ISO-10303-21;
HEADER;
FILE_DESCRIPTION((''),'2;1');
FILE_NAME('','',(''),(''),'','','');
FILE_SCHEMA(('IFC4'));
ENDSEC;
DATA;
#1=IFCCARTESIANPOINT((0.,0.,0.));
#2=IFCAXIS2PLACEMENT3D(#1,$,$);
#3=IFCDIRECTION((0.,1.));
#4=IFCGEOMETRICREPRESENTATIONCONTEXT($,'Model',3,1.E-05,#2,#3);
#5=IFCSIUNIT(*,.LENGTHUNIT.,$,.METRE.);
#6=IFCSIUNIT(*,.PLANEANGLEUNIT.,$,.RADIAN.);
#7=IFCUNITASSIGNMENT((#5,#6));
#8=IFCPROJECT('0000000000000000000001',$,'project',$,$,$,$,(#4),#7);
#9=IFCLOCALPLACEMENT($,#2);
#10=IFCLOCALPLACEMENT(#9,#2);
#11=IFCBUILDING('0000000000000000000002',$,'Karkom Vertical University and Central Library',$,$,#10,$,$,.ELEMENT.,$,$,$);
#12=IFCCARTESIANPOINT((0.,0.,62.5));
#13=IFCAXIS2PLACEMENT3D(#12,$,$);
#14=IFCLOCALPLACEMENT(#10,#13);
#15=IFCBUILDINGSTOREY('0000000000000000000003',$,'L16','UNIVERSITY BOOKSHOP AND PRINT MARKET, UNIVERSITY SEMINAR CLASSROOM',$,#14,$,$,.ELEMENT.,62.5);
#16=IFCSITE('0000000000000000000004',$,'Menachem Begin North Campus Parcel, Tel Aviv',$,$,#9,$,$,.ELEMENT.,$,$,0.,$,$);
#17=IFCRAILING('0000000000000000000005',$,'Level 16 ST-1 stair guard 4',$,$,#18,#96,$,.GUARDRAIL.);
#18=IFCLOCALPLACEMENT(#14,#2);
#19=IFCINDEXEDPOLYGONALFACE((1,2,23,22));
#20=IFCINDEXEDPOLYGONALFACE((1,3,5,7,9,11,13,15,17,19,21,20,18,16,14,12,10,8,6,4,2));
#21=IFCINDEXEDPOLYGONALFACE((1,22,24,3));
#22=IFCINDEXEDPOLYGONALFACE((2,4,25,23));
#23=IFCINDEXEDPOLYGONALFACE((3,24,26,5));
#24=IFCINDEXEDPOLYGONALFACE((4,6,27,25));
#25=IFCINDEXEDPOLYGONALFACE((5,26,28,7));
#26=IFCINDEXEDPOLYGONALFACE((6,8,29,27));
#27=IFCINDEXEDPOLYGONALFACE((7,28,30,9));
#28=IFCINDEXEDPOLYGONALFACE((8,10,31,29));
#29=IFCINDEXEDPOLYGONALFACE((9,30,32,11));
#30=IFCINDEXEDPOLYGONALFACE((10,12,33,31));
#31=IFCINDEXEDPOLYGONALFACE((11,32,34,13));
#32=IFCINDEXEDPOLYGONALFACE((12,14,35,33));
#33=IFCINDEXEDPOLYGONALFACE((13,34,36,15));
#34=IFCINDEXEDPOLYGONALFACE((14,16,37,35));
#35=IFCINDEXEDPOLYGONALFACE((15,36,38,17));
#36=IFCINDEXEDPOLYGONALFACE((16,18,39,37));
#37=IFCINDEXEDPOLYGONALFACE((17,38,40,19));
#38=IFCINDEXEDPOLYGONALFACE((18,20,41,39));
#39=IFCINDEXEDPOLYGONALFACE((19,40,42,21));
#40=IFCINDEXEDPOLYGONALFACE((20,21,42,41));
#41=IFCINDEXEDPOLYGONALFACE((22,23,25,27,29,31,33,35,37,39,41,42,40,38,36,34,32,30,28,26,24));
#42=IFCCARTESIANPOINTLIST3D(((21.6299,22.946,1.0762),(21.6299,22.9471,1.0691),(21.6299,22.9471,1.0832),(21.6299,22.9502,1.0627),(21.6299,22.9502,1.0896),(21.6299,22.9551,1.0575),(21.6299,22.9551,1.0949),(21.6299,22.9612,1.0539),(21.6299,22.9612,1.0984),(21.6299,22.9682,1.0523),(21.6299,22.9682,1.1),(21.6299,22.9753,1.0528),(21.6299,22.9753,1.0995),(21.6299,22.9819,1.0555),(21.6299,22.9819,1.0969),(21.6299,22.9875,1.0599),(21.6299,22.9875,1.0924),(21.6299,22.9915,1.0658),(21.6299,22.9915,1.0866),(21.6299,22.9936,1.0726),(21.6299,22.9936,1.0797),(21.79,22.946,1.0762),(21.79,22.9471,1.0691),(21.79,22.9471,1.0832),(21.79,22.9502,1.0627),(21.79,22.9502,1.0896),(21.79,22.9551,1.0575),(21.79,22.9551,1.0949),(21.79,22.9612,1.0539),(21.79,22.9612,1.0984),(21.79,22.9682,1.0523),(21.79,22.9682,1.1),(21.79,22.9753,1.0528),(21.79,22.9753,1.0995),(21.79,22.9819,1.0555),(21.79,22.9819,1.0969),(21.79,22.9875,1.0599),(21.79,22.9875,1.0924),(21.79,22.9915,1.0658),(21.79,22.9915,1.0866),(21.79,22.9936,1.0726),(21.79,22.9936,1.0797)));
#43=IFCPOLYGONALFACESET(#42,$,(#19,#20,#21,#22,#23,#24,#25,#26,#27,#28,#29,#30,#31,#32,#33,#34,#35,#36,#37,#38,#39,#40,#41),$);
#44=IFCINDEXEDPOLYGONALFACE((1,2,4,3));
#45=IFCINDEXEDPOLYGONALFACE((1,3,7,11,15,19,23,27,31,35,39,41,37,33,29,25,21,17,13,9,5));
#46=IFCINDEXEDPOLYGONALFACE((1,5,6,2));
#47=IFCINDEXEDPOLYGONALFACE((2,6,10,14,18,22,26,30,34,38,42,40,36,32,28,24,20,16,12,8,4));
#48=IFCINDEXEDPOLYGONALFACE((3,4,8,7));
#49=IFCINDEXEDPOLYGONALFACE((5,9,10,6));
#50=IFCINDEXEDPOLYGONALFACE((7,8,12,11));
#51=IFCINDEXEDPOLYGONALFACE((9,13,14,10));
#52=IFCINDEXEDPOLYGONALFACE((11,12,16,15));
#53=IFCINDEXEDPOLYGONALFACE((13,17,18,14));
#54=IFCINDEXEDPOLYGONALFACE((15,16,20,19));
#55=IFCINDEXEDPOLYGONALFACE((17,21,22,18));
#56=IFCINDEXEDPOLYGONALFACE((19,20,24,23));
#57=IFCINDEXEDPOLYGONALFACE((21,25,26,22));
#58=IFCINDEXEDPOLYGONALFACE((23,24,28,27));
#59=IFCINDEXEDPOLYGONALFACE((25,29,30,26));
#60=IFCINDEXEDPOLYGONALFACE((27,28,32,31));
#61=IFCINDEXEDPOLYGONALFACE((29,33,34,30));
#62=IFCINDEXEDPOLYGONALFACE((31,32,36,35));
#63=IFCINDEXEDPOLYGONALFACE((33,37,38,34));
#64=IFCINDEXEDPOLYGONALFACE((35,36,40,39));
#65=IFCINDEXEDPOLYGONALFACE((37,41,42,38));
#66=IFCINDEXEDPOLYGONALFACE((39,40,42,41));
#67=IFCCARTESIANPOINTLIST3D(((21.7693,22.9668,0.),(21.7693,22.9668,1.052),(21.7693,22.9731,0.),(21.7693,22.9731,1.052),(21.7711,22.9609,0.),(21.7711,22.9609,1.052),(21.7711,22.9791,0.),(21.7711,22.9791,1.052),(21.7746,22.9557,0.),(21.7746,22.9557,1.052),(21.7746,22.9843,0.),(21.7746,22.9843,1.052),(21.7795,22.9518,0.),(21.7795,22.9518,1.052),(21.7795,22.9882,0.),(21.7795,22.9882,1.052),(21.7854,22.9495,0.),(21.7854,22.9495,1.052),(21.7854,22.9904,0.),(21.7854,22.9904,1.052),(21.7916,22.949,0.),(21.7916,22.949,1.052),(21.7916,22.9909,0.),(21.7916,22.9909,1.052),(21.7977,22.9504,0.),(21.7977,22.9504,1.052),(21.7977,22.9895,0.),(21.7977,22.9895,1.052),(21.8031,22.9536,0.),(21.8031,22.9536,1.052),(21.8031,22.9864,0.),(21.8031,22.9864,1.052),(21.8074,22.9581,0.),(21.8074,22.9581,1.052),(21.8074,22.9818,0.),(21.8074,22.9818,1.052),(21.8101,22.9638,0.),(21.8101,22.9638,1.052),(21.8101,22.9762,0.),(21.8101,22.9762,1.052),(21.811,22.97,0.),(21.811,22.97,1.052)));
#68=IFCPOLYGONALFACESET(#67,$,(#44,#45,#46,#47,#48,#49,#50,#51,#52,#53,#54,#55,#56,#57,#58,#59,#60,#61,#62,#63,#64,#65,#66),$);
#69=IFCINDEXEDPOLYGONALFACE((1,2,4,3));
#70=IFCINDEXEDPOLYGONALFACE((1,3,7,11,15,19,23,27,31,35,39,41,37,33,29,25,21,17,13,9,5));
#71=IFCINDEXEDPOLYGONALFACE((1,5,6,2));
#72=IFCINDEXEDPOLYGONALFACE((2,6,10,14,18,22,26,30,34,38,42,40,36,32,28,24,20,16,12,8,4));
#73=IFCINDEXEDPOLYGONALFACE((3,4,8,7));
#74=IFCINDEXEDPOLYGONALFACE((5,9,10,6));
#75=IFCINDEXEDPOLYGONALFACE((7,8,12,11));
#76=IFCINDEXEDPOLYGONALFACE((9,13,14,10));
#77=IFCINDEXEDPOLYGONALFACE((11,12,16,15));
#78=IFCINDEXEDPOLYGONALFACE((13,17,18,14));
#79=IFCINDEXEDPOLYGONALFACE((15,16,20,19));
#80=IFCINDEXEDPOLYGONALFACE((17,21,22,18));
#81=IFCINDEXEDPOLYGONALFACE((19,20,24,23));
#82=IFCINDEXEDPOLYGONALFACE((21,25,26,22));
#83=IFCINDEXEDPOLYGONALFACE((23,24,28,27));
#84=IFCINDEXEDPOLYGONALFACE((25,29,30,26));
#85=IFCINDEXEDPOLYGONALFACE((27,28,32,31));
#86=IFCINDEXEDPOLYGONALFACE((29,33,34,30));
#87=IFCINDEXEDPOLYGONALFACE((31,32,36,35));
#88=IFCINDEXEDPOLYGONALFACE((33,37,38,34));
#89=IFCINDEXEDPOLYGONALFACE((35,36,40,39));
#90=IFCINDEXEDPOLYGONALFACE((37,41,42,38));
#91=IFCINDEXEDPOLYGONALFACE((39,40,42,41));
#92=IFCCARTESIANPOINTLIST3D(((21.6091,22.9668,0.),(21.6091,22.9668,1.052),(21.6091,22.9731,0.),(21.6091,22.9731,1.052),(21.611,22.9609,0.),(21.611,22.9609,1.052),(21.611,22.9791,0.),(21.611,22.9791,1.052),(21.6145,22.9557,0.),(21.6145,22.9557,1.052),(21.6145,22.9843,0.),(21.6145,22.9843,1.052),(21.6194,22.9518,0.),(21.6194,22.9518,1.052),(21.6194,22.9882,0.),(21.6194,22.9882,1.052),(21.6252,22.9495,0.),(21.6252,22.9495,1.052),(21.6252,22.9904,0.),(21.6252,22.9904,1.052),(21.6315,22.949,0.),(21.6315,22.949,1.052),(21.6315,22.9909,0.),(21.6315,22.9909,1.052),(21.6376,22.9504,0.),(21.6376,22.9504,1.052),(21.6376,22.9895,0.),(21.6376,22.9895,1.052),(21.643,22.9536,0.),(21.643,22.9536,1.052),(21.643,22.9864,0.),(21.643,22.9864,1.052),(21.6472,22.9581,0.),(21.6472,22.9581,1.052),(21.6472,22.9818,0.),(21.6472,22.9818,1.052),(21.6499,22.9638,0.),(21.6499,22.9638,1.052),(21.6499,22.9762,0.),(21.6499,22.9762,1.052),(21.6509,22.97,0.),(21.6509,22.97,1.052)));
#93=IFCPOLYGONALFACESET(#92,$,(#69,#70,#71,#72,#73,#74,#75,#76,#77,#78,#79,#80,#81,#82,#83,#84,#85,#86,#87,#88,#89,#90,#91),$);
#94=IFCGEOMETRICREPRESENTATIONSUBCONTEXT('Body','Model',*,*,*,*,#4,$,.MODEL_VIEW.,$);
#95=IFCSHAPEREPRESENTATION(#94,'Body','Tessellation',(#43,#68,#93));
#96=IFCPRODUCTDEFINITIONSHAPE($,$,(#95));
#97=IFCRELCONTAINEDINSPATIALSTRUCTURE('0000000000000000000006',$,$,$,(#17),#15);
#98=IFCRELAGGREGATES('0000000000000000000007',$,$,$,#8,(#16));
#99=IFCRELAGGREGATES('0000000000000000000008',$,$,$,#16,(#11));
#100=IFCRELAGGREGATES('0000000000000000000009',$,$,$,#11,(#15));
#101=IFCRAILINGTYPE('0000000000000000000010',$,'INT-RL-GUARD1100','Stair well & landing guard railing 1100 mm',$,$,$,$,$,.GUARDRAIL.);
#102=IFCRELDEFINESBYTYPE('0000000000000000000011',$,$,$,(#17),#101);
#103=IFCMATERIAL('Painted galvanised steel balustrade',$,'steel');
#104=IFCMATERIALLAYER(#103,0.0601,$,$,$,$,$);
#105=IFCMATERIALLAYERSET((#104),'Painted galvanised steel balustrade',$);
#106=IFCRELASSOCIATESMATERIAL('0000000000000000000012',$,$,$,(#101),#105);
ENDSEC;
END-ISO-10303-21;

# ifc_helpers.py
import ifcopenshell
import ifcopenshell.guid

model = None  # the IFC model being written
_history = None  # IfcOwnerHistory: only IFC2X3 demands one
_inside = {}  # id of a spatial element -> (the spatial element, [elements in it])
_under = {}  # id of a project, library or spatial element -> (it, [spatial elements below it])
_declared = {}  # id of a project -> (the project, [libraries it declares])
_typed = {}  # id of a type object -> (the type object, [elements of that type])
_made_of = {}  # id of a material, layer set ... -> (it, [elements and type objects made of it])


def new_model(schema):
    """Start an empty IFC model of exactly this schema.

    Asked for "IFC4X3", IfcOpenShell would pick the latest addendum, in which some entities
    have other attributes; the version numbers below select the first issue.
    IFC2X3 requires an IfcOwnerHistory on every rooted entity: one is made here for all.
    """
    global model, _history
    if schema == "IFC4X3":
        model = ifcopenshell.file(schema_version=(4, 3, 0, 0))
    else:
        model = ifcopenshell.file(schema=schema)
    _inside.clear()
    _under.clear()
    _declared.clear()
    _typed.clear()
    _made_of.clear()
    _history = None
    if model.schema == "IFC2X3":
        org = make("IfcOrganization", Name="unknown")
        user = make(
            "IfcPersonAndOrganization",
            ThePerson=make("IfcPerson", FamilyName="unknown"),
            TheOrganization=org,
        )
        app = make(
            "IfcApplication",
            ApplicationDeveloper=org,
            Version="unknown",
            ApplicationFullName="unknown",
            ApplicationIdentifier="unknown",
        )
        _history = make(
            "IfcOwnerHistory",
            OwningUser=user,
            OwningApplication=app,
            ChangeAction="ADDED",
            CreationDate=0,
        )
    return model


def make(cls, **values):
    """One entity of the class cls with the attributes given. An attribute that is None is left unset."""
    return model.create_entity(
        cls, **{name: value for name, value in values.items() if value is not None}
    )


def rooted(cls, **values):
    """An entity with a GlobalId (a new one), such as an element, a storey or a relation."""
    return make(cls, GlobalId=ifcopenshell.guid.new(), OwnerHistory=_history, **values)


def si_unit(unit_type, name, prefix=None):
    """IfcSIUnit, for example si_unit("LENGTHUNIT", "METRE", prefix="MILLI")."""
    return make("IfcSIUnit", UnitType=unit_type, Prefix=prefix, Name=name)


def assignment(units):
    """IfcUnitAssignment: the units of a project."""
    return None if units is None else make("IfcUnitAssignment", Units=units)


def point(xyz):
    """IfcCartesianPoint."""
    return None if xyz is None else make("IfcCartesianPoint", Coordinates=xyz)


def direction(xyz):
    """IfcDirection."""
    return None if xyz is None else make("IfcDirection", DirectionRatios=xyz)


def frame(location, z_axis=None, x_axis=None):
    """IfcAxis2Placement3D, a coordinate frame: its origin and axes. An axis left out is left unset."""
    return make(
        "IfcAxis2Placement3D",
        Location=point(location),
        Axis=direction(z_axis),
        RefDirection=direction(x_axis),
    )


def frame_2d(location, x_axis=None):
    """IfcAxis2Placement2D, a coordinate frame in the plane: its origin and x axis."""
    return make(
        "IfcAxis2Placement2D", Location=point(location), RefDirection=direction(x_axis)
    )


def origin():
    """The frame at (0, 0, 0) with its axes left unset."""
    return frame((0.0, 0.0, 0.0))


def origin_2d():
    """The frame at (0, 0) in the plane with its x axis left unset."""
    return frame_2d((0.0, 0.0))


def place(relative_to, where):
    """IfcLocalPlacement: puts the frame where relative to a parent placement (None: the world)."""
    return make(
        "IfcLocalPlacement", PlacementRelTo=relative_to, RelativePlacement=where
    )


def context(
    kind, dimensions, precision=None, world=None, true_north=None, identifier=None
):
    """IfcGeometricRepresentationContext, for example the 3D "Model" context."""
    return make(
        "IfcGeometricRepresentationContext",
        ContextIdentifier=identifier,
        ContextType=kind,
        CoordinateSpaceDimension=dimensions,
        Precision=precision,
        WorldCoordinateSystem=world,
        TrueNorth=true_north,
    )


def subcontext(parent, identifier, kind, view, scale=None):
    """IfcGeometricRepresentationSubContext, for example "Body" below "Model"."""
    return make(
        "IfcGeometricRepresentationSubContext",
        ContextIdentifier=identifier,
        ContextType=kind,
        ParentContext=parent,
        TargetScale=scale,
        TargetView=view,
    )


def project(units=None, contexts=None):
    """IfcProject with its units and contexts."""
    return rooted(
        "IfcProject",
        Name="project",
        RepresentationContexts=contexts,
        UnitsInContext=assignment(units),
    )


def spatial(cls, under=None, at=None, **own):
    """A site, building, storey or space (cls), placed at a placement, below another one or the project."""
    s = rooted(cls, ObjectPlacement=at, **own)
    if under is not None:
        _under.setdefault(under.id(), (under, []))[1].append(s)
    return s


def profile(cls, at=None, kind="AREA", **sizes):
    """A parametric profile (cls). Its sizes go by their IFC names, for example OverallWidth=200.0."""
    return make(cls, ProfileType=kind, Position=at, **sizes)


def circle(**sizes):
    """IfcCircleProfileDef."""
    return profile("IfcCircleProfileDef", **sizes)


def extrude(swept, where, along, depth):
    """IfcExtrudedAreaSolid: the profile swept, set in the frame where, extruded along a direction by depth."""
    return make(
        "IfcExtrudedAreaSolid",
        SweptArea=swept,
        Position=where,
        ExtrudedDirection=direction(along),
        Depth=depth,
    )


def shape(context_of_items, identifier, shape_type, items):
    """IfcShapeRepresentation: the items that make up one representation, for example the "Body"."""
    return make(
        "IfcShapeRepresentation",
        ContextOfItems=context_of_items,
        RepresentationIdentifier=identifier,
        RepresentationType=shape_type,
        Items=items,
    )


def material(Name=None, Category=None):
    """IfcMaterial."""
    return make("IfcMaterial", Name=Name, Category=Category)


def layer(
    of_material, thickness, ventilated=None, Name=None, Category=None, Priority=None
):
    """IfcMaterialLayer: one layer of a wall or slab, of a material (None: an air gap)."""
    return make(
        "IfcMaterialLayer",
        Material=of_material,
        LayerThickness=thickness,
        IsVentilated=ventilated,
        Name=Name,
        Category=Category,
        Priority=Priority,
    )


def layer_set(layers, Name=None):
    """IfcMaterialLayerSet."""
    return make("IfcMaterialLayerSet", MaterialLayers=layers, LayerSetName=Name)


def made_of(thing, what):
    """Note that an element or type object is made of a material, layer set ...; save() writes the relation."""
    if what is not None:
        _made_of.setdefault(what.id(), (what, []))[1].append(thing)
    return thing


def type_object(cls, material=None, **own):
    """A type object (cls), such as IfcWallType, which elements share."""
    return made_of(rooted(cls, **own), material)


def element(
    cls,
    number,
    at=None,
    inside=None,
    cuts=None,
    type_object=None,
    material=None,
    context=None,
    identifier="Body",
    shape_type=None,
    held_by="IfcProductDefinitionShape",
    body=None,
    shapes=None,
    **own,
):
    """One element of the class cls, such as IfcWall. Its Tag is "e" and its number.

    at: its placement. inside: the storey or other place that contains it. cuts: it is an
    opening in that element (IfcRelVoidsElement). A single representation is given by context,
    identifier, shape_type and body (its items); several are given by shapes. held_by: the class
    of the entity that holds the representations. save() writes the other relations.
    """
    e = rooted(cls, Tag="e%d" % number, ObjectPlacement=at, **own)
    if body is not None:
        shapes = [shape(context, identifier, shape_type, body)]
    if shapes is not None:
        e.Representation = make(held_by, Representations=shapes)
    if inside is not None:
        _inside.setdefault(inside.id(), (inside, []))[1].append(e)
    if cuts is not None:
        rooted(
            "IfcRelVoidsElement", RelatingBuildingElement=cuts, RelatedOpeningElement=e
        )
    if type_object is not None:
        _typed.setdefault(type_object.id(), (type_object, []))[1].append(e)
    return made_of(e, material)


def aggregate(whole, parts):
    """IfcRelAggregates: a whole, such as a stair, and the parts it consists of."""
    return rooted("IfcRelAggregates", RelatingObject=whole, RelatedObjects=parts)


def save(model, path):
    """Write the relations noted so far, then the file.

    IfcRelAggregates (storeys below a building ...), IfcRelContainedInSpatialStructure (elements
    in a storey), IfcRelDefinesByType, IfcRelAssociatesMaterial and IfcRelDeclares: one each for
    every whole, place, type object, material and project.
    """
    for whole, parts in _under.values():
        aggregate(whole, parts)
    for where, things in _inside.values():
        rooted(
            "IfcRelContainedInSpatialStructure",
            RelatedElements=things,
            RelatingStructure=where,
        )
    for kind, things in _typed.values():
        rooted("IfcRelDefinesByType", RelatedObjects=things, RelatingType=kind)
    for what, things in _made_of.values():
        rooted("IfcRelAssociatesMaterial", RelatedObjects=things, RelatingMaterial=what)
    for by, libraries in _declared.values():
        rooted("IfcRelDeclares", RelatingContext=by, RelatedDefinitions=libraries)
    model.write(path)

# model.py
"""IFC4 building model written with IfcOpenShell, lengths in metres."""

from ifc_helpers import new_model, si_unit, direction, frame, origin, origin_2d, place, context, subcontext, project, spatial, circle, extrude, material, layer, layer_set, type_object, element, save


model = new_model("IFC4")

# Units and contexts
model_context = context("Model", 3, precision=1e-05, world=origin(), true_north=direction((0.0, 1.0)))
body_context = subcontext(model_context, "Body", "Model", "MODEL_VIEW")
ifc_project = project(units=[si_unit("LENGTHUNIT", "METRE"), si_unit("PLANEANGLEUNIT", "RADIAN")], contexts=[model_context])

# Site, building, storey
site_placement = place(None, origin())
site = spatial("IfcSite", under=ifc_project, at=site_placement, Name="Menachem Begin North Campus Parcel, Tel Aviv", CompositionType="ELEMENT", RefElevation=0.0)
building_placement = place(site_placement, origin())
building = spatial("IfcBuilding", under=site, at=building_placement, Name="Karkom Vertical University and Central Library", CompositionType="ELEMENT")
storey_placement = place(building_placement, frame((0.0, 0.0, 62.5)))
storey = spatial("IfcBuildingStorey", under=building, at=storey_placement, Name="L16", Description="UNIVERSITY BOOKSHOP AND PRINT MARKET, UNIVERSITY SEMINAR CLASSROOM", CompositionType="ELEMENT", Elevation=62.5)

# Railing
ifc_material_1 = material(Name="Painted galvanised steel balustrade", Category="steel")
ifc_layer_1 = layer(ifc_material_1, 0.0601)
ifc_layer_set_1 = layer_set([ifc_layer_1], Name="Painted galvanised steel balustrade")
railing_type_1 = type_object("IfcRailingType", Name="INT-RL-GUARD1100", Description="Stair well & landing guard railing 1100 mm", PredefinedType="GUARDRAIL", material=ifc_layer_set_1)
railing_1_placement = place(storey_placement, frame((21.79, 22.97, 0.0)))
element("IfcRailing", 1, at=railing_1_placement, inside=storey, type_object=railing_type_1, Name="Level 16 ST-1 stair guard 4", PredefinedType="GUARDRAIL", context=body_context, shape_type="SweptSolid", body=[
    extrude(circle(Radius=0.0239, at=origin_2d()), frame((0.0, 0.0, 1.0762), z_axis=(-1.0, 0.0, 0.0), x_axis=(0.0, -1.0, 0.0)), (0.0, 0.0, 1.0), 0.1602),
    extrude(circle(Radius=0.021, at=origin_2d()), origin(), (0.0, 0.0, 1.0), 1.052),
    extrude(circle(Radius=0.021, at=origin_2d()), frame((-0.1602, 0.0, 0.0)), (0.0, 0.0, 1.0), 1.052),
])

save(model, "model.ifc")
